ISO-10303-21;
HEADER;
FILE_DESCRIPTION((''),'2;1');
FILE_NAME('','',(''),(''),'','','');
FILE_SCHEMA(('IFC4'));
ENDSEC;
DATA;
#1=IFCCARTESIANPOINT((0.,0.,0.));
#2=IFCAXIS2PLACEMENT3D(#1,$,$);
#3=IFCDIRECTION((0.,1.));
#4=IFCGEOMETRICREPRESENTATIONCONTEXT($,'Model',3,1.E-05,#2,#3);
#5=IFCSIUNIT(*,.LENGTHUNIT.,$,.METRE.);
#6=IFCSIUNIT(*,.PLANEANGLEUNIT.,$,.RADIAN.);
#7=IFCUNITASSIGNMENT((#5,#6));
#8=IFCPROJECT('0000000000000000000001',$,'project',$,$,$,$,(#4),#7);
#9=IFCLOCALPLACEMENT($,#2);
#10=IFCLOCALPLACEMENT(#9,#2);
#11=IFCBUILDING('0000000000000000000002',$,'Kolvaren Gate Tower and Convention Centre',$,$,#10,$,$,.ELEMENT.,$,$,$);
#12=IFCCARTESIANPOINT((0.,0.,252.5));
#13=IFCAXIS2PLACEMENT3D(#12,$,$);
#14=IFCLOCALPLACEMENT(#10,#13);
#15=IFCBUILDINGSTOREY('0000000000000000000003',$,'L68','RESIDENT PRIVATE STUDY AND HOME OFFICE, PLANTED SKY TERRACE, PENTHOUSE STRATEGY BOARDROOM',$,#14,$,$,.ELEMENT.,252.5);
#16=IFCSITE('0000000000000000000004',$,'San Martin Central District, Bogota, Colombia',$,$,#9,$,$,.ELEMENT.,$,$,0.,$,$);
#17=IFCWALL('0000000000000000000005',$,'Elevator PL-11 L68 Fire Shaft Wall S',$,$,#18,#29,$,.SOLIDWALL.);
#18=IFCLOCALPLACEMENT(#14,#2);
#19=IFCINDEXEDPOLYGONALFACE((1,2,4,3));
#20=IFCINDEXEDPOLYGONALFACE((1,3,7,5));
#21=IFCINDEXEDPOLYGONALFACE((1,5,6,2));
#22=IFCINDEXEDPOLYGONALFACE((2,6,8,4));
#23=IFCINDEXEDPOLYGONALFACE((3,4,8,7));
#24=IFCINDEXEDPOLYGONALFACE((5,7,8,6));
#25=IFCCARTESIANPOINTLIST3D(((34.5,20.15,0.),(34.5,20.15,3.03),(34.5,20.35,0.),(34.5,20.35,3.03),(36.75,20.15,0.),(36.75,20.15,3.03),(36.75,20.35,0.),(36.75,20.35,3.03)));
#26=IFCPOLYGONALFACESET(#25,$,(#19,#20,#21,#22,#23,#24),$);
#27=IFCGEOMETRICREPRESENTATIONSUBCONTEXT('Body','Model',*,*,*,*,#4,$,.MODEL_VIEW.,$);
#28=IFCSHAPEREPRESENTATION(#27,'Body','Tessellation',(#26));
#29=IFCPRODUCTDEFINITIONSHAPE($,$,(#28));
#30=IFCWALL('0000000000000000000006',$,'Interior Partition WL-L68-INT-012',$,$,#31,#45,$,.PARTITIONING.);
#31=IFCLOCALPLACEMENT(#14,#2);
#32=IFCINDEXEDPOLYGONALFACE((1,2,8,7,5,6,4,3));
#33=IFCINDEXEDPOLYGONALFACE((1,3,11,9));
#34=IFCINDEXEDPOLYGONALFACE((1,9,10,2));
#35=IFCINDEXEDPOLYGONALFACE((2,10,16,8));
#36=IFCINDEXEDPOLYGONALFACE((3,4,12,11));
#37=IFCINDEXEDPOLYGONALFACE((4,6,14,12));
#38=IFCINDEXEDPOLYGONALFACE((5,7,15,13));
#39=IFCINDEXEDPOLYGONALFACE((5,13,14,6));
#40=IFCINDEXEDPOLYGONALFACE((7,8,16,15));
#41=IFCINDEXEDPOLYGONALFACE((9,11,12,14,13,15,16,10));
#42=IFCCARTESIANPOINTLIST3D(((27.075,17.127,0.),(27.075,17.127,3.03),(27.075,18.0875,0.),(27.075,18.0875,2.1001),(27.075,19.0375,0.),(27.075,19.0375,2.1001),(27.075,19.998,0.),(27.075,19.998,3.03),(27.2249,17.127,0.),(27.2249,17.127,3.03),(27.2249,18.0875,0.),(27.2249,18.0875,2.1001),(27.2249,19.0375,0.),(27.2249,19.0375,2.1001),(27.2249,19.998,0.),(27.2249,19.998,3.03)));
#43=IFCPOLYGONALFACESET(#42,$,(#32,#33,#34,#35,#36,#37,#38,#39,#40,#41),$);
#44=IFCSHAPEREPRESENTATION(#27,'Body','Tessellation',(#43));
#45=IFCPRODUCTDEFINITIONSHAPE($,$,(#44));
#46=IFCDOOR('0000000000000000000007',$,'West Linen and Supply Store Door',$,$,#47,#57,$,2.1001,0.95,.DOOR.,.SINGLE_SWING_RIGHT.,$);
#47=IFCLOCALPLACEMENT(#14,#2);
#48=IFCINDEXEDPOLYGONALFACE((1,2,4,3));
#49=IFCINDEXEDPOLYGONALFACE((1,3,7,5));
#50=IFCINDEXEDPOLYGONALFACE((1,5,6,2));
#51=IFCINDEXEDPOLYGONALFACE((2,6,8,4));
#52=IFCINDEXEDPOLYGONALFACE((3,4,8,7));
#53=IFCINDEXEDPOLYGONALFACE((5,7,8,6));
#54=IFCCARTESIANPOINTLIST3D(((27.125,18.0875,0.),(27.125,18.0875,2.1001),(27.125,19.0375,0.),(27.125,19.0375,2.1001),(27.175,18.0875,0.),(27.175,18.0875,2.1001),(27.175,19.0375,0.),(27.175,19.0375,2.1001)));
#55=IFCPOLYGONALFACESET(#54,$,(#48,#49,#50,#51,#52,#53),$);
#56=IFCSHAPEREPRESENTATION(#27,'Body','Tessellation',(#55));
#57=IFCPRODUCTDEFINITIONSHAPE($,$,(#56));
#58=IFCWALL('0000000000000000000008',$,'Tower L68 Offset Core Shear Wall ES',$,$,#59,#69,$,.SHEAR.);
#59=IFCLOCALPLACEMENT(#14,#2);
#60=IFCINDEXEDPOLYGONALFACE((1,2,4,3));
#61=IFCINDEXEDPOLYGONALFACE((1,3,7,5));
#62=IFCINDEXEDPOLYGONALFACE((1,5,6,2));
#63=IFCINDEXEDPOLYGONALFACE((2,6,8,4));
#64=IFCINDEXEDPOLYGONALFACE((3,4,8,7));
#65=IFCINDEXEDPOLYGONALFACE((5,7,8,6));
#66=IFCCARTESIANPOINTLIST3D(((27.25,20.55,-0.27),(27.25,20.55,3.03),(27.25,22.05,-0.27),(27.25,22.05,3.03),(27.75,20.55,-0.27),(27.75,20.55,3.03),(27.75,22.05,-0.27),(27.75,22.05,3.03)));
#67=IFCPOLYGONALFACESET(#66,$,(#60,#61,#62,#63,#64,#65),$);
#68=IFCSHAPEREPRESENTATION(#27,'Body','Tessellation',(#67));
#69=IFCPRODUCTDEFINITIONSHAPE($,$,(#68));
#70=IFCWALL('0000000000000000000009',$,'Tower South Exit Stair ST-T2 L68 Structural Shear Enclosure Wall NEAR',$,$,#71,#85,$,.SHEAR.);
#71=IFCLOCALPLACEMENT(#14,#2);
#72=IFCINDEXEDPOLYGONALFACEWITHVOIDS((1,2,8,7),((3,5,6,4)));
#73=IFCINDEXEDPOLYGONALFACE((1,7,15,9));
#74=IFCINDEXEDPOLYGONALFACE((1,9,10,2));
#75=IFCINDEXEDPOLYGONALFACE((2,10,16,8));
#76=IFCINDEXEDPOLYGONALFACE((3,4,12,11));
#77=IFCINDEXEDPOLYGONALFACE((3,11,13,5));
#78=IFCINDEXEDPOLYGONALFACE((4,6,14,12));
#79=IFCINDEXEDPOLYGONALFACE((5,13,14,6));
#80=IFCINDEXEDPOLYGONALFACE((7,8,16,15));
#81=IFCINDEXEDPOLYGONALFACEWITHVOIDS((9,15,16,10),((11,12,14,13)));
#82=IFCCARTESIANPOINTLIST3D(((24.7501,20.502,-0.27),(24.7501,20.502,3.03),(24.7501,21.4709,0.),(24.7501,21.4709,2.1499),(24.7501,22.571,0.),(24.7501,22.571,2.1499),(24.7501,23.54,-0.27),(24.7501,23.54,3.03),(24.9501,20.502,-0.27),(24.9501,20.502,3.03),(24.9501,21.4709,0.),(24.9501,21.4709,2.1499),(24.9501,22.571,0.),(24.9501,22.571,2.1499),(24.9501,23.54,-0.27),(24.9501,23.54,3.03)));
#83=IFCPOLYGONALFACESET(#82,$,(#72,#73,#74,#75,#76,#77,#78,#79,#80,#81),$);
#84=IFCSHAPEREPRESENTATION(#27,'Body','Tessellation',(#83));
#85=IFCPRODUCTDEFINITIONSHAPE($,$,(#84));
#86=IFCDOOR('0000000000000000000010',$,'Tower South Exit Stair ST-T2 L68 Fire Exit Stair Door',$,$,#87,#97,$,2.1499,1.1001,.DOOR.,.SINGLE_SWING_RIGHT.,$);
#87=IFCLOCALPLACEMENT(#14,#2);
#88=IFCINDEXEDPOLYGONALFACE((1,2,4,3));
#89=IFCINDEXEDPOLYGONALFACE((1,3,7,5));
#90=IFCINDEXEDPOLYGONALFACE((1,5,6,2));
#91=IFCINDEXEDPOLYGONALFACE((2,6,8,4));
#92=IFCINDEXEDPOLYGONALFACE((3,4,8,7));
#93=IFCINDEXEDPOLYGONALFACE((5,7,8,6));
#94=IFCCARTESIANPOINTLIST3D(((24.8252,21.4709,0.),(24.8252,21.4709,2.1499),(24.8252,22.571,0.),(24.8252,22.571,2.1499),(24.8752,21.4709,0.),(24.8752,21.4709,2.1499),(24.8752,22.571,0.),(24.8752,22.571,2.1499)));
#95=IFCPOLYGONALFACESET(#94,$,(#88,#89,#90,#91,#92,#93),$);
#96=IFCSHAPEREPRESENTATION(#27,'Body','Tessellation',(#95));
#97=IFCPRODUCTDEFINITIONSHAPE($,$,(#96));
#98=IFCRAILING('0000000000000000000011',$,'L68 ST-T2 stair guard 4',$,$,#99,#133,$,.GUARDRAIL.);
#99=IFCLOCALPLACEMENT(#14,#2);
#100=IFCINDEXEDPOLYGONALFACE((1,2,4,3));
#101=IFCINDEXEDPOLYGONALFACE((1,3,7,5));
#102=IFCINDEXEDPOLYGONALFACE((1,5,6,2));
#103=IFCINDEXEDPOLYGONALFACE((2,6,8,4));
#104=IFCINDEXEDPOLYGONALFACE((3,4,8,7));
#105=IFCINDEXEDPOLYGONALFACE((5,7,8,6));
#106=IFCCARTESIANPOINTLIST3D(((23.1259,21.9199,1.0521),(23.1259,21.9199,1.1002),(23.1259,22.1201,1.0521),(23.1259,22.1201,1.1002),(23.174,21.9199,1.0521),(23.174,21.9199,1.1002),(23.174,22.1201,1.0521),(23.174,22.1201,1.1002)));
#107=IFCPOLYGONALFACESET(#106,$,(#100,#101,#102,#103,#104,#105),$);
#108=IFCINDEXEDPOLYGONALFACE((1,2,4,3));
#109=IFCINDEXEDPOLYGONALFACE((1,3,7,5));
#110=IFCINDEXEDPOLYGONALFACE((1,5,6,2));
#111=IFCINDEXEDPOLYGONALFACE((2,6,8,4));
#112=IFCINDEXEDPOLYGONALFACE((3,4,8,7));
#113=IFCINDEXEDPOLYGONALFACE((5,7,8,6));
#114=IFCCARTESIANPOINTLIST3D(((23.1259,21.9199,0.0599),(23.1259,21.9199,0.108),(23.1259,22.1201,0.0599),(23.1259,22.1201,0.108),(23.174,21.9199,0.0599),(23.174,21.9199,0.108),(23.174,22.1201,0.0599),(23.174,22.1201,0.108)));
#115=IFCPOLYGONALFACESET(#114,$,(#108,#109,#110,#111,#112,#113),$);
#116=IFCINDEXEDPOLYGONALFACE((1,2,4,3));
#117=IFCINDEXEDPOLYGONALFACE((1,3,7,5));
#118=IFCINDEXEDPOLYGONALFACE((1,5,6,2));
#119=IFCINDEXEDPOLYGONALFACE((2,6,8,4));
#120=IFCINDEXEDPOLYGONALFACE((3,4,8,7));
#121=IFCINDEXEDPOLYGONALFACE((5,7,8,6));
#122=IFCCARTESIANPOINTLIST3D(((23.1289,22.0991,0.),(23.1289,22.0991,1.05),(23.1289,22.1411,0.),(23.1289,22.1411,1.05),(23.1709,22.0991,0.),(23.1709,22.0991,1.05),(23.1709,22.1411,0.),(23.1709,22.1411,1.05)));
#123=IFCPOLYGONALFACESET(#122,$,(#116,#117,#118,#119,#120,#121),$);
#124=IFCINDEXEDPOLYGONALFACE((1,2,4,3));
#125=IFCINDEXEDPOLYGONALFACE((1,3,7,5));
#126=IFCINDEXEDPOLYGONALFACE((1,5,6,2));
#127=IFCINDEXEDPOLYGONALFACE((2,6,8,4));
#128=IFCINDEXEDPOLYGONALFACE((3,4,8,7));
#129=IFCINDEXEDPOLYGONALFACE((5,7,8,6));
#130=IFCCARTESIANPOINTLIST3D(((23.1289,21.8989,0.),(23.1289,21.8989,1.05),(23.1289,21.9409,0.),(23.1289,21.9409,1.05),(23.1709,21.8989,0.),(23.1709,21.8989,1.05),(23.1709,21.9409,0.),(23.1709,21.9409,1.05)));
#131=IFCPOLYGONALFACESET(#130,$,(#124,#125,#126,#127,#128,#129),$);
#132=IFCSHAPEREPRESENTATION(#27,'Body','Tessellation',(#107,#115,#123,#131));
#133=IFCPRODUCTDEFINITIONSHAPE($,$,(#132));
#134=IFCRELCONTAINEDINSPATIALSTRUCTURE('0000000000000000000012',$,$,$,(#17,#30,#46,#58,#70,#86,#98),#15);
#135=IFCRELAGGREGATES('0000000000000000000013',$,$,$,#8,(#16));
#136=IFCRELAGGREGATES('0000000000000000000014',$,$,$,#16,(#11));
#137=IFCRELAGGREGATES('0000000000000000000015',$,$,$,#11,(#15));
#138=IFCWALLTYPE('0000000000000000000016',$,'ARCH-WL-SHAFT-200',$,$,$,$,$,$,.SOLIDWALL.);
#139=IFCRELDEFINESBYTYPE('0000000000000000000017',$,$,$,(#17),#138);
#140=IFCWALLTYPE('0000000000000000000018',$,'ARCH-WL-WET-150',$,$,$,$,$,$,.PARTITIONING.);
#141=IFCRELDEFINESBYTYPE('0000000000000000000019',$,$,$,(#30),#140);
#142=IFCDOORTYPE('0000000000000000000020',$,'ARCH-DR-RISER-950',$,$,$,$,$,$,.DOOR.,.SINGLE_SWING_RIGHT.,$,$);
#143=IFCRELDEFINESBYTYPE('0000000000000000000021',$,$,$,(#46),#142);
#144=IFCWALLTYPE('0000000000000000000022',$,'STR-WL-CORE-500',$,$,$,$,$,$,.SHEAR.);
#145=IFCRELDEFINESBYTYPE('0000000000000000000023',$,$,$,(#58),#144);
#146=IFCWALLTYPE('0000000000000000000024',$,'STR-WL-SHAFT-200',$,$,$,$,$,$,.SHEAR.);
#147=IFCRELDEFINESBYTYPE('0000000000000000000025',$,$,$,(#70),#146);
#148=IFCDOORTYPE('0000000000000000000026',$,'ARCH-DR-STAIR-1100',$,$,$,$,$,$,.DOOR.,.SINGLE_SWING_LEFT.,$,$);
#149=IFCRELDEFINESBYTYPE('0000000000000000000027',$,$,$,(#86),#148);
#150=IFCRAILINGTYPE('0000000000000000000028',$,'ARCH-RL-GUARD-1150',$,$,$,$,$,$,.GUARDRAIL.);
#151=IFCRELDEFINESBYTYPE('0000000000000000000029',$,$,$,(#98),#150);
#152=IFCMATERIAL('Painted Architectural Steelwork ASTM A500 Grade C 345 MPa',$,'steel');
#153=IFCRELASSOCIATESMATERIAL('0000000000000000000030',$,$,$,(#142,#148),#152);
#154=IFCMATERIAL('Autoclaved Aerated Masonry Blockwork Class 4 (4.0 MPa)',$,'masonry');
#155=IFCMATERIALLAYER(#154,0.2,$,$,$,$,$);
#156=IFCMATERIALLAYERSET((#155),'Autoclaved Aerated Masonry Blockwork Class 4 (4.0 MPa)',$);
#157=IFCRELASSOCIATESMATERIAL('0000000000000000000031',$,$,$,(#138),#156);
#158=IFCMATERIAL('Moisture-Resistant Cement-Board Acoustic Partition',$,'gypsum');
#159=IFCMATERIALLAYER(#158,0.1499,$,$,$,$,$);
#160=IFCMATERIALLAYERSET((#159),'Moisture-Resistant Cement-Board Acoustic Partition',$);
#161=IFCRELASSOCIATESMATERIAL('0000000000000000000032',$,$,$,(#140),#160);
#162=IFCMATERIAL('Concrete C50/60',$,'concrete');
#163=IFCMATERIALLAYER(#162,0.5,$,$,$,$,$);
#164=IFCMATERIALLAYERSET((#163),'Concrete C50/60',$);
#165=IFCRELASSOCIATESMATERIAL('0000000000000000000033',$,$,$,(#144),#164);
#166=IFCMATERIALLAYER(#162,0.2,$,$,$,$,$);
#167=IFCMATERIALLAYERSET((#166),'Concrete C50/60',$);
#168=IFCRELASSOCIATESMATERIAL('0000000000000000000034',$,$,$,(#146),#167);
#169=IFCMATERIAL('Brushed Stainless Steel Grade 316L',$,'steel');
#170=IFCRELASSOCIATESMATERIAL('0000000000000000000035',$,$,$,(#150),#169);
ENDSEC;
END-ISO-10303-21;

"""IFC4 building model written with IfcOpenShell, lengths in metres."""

from ifc_helpers import new_model, si_unit, direction, frame, frame_2d, origin, origin_2d, place, context, subcontext, project, spatial, rectangle, extrude, material, layer, layer_set, type_object, element, fill, save


model = new_model("IFC4")

# Units and contexts
model_context = context("Model", 3, precision=1e-05, world=origin(), true_north=direction((0.0, 1.0)))
body_context = subcontext(model_context, "Body", "Model", "MODEL_VIEW")
ifc_project = project(units=[si_unit("LENGTHUNIT", "METRE"), si_unit("PLANEANGLEUNIT", "RADIAN")], contexts=[model_context])

# Site, building, storey
site_placement = place(None, origin())
site = spatial("IfcSite", under=ifc_project, at=site_placement, Name="San Martin Central District, Bogota, Colombia", CompositionType="ELEMENT", RefElevation=0.0)
building_placement = place(site_placement, origin())
building = spatial("IfcBuilding", under=site, at=building_placement, Name="Kolvaren Gate Tower and Convention Centre", CompositionType="ELEMENT")
storey_placement = place(building_placement, frame((0.0, 0.0, 252.5)))
storey = spatial("IfcBuildingStorey", under=building, at=storey_placement, Name="L68", Description="RESIDENT PRIVATE STUDY AND HOME OFFICE, PLANTED SKY TERRACE, PENTHOUSE STRATEGY BOARDROOM", CompositionType="ELEMENT", Elevation=252.5)

# Shared definitions
ifc_material_1 = material(Name="Autoclaved Aerated Masonry Blockwork Class 4 (4.0 MPa)", Category="masonry")
ifc_material_2 = material(Name="Painted Architectural Steelwork ASTM A500 Grade C 345 MPa", Category="steel")
door_type_1 = type_object("IfcDoorType", Name="ARCH-DR-RISER-950", OperationType="SINGLE_SWING_RIGHT", PredefinedType="DOOR", material=ifc_material_2)

# Shared definitions
ifc_layer_1 = layer(ifc_material_1, 0.2)
ifc_layer_set_1 = layer_set([ifc_layer_1], Name="Autoclaved Aerated Masonry Blockwork Class 4 (4.0 MPa)")
wall_type_1 = type_object("IfcWallType", Name="ARCH-WL-SHAFT-200", PredefinedType="SOLIDWALL", material=ifc_layer_set_1)
ifc_material_3 = material(Name="Brushed Stainless Steel Grade 316L", Category="steel")

# Wall
wall_1_placement = place(storey_placement, frame((34.5, 20.25, 0.0), z_axis=(0.0, 0.0, 1.0), x_axis=(1.0, 0.0, 0.0)))
element("IfcWall", 1, at=wall_1_placement, inside=storey, type_object=wall_type_1, Name="Elevator PL-11 L68 Fire Shaft Wall S", PredefinedType="SOLIDWALL", context=body_context, shape_type="SweptSolid", body=[
    extrude(rectangle(XDim=2.25, YDim=0.2, at=frame_2d((1.125, 0.0))), origin(), (0.0, 0.0, 1.0), 3.03),
])

# Wall, opening, door
ifc_material_4 = material(Name="Moisture-Resistant Cement-Board Acoustic Partition", Category="gypsum")
ifc_layer_2 = layer(ifc_material_4, 0.1499)
ifc_layer_set_2 = layer_set([ifc_layer_2], Name="Moisture-Resistant Cement-Board Acoustic Partition")
wall_type_2 = type_object("IfcWallType", Name="ARCH-WL-WET-150", PredefinedType="PARTITIONING", material=ifc_layer_set_2)
wall_2_placement = place(storey_placement, frame((27.1499, 17.127, 0.0), z_axis=(0.0, 0.0, 1.0), x_axis=(0.0, 1.0, 0.0)))
wall_2 = element("IfcWall", 2, at=wall_2_placement, inside=storey, type_object=wall_type_2, Name="Interior Partition WL-L68-INT-012", PredefinedType="PARTITIONING", context=body_context, shape_type="SweptSolid", body=[
    extrude(rectangle(XDim=2.8711, YDim=0.1499, at=frame_2d((1.4355, 0.0))), origin(), (0.0, 0.0, 1.0), 3.03),
])
opening_1_placement = place(wall_2_placement, frame((0.9604, 0.0, 0.0)))
opening_1 = element("IfcOpeningElement", 3, at=opening_1_placement, cuts=wall_2, PredefinedType="OPENING", context=body_context, shape_type="SweptSolid", body=[
    extrude(rectangle(XDim=0.95, YDim=2.1001, at=frame_2d((0.4751, 1.05))), frame((0.0, 0.085, 0.0), z_axis=(0.0, -1.0, 0.0), x_axis=(1.0, 0.0, 0.0)), (0.0, 0.0, 1.0), 0.1699),
])
door_1_placement = place(opening_1_placement, origin())
door_1 = element("IfcDoor", 4, at=door_1_placement, inside=storey, type_object=door_type_1, Name="West Linen and Supply Store Door", OperationType="SINGLE_SWING_RIGHT", OverallHeight=2.1001, OverallWidth=0.95, PredefinedType="DOOR", context=body_context, shape_type="SweptSolid", body=[
    extrude(rectangle(XDim=0.95, YDim=2.1001, at=frame_2d((0.4751, 1.05))), frame((0.0, 0.0249, 0.0), z_axis=(0.0, -1.0, 0.0), x_axis=(1.0, 0.0, 0.0)), (0.0, 0.0, 1.0), 0.05),
])
fill(opening_1, door_1)

# Wall
ifc_material_5 = material(Name="Concrete C50/60", Category="concrete")
ifc_layer_3 = layer(ifc_material_5, 0.5)
ifc_layer_set_3 = layer_set([ifc_layer_3], Name="Concrete C50/60")
wall_type_3 = type_object("IfcWallType", Name="STR-WL-CORE-500", PredefinedType="SHEAR", material=ifc_layer_set_3)
wall_3_placement = place(storey_placement, frame((27.5, 20.55, -0.27), z_axis=(0.0, 0.0, 1.0), x_axis=(0.0, 1.0, 0.0)))
element("IfcWall", 5, at=wall_3_placement, inside=storey, type_object=wall_type_3, Name="Tower L68 Offset Core Shear Wall ES", PredefinedType="SHEAR", context=body_context, shape_type="SweptSolid", body=[
    extrude(rectangle(XDim=1.5, YDim=0.5, at=frame_2d((0.75, 0.0))), origin(), (0.0, 0.0, 1.0), 3.3),
])

# Wall, opening, door
ifc_layer_4 = layer(ifc_material_5, 0.2)
ifc_layer_set_4 = layer_set([ifc_layer_4], Name="Concrete C50/60")
wall_type_4 = type_object("IfcWallType", Name="STR-WL-SHAFT-200", PredefinedType="SHEAR", material=ifc_layer_set_4)
wall_4_placement = place(storey_placement, frame((24.8501, 20.502, -0.27), z_axis=(0.0, 0.0, 1.0), x_axis=(0.0, 1.0, 0.0)))
wall_4 = element("IfcWall", 6, at=wall_4_placement, inside=storey, type_object=wall_type_4, Name="Tower South Exit Stair ST-T2 L68 Structural Shear Enclosure Wall NEAR", PredefinedType="SHEAR", context=body_context, shape_type="SweptSolid", body=[
    extrude(rectangle(XDim=3.0381, YDim=0.2, at=frame_2d((1.519, 0.0))), origin(), (0.0, 0.0, 1.0), 3.3),
])
opening_2_placement = place(wall_4_placement, frame((0.969, 0.0, 0.27)))
opening_2 = element("IfcOpeningElement", 7, at=opening_2_placement, cuts=wall_4, PredefinedType="OPENING", context=body_context, shape_type="SweptSolid", body=[
    extrude(rectangle(XDim=1.1001, YDim=2.1499, at=frame_2d((0.55, 1.075))), frame((0.0, 0.1099, 0.0), z_axis=(0.0, -1.0, 0.0), x_axis=(1.0, 0.0, 0.0)), (0.0, 0.0, 1.0), 0.22),
])
door_type_2 = type_object("IfcDoorType", Name="ARCH-DR-STAIR-1100", OperationType="SINGLE_SWING_LEFT", PredefinedType="DOOR", material=ifc_material_2)
door_2_placement = place(opening_2_placement, origin())
door_2 = element("IfcDoor", 8, at=door_2_placement, inside=storey, type_object=door_type_2, Name="Tower South Exit Stair ST-T2 L68 Fire Exit Stair Door", OperationType="SINGLE_SWING_RIGHT", OverallHeight=2.1499, OverallWidth=1.1001, PredefinedType="DOOR", context=body_context, shape_type="SweptSolid", body=[
    extrude(rectangle(XDim=1.1001, YDim=2.1499, at=frame_2d((0.55, 1.075))), frame((0.0, 0.0249, 0.0), z_axis=(0.0, -1.0, 0.0), x_axis=(1.0, 0.0, 0.0)), (0.0, 0.0, 1.0), 0.05),
])
fill(opening_2, door_2)

# Railing
railing_type = type_object("IfcRailingType", Name="ARCH-RL-GUARD-1150", PredefinedType="GUARDRAIL", material=ifc_material_3)
railing_placement = place(storey_placement, frame((23.1499, 22.1201, 0.0)))
element("IfcRailing", 9, at=railing_placement, inside=storey, type_object=railing_type, Name="L68 ST-T2 stair guard 4", PredefinedType="GUARDRAIL", context=body_context, shape_type="SweptSolid", body=[
    extrude(rectangle(XDim=0.0481, YDim=0.0481, at=origin_2d()), frame((0.0, 0.0, 1.0762), z_axis=(0.0, -1.0, 0.0), x_axis=(1.0, 0.0, 0.0)), (0.0, 0.0, 1.0), 0.2002),
    extrude(rectangle(XDim=0.0481, YDim=0.0481, at=origin_2d()), frame((0.0, 0.0, 0.084), z_axis=(0.0, -1.0, 0.0), x_axis=(1.0, 0.0, 0.0)), (0.0, 0.0, 1.0), 0.2002),
    extrude(rectangle(XDim=0.042, YDim=0.042, at=origin_2d()), origin(), (0.0, 0.0, 1.0), 1.05),
    extrude(rectangle(XDim=0.042, YDim=0.042, at=origin_2d()), frame((0.0, -0.2002, 0.0)), (0.0, 0.0, 1.0), 1.05),
])

save(model, "model.ifc")
